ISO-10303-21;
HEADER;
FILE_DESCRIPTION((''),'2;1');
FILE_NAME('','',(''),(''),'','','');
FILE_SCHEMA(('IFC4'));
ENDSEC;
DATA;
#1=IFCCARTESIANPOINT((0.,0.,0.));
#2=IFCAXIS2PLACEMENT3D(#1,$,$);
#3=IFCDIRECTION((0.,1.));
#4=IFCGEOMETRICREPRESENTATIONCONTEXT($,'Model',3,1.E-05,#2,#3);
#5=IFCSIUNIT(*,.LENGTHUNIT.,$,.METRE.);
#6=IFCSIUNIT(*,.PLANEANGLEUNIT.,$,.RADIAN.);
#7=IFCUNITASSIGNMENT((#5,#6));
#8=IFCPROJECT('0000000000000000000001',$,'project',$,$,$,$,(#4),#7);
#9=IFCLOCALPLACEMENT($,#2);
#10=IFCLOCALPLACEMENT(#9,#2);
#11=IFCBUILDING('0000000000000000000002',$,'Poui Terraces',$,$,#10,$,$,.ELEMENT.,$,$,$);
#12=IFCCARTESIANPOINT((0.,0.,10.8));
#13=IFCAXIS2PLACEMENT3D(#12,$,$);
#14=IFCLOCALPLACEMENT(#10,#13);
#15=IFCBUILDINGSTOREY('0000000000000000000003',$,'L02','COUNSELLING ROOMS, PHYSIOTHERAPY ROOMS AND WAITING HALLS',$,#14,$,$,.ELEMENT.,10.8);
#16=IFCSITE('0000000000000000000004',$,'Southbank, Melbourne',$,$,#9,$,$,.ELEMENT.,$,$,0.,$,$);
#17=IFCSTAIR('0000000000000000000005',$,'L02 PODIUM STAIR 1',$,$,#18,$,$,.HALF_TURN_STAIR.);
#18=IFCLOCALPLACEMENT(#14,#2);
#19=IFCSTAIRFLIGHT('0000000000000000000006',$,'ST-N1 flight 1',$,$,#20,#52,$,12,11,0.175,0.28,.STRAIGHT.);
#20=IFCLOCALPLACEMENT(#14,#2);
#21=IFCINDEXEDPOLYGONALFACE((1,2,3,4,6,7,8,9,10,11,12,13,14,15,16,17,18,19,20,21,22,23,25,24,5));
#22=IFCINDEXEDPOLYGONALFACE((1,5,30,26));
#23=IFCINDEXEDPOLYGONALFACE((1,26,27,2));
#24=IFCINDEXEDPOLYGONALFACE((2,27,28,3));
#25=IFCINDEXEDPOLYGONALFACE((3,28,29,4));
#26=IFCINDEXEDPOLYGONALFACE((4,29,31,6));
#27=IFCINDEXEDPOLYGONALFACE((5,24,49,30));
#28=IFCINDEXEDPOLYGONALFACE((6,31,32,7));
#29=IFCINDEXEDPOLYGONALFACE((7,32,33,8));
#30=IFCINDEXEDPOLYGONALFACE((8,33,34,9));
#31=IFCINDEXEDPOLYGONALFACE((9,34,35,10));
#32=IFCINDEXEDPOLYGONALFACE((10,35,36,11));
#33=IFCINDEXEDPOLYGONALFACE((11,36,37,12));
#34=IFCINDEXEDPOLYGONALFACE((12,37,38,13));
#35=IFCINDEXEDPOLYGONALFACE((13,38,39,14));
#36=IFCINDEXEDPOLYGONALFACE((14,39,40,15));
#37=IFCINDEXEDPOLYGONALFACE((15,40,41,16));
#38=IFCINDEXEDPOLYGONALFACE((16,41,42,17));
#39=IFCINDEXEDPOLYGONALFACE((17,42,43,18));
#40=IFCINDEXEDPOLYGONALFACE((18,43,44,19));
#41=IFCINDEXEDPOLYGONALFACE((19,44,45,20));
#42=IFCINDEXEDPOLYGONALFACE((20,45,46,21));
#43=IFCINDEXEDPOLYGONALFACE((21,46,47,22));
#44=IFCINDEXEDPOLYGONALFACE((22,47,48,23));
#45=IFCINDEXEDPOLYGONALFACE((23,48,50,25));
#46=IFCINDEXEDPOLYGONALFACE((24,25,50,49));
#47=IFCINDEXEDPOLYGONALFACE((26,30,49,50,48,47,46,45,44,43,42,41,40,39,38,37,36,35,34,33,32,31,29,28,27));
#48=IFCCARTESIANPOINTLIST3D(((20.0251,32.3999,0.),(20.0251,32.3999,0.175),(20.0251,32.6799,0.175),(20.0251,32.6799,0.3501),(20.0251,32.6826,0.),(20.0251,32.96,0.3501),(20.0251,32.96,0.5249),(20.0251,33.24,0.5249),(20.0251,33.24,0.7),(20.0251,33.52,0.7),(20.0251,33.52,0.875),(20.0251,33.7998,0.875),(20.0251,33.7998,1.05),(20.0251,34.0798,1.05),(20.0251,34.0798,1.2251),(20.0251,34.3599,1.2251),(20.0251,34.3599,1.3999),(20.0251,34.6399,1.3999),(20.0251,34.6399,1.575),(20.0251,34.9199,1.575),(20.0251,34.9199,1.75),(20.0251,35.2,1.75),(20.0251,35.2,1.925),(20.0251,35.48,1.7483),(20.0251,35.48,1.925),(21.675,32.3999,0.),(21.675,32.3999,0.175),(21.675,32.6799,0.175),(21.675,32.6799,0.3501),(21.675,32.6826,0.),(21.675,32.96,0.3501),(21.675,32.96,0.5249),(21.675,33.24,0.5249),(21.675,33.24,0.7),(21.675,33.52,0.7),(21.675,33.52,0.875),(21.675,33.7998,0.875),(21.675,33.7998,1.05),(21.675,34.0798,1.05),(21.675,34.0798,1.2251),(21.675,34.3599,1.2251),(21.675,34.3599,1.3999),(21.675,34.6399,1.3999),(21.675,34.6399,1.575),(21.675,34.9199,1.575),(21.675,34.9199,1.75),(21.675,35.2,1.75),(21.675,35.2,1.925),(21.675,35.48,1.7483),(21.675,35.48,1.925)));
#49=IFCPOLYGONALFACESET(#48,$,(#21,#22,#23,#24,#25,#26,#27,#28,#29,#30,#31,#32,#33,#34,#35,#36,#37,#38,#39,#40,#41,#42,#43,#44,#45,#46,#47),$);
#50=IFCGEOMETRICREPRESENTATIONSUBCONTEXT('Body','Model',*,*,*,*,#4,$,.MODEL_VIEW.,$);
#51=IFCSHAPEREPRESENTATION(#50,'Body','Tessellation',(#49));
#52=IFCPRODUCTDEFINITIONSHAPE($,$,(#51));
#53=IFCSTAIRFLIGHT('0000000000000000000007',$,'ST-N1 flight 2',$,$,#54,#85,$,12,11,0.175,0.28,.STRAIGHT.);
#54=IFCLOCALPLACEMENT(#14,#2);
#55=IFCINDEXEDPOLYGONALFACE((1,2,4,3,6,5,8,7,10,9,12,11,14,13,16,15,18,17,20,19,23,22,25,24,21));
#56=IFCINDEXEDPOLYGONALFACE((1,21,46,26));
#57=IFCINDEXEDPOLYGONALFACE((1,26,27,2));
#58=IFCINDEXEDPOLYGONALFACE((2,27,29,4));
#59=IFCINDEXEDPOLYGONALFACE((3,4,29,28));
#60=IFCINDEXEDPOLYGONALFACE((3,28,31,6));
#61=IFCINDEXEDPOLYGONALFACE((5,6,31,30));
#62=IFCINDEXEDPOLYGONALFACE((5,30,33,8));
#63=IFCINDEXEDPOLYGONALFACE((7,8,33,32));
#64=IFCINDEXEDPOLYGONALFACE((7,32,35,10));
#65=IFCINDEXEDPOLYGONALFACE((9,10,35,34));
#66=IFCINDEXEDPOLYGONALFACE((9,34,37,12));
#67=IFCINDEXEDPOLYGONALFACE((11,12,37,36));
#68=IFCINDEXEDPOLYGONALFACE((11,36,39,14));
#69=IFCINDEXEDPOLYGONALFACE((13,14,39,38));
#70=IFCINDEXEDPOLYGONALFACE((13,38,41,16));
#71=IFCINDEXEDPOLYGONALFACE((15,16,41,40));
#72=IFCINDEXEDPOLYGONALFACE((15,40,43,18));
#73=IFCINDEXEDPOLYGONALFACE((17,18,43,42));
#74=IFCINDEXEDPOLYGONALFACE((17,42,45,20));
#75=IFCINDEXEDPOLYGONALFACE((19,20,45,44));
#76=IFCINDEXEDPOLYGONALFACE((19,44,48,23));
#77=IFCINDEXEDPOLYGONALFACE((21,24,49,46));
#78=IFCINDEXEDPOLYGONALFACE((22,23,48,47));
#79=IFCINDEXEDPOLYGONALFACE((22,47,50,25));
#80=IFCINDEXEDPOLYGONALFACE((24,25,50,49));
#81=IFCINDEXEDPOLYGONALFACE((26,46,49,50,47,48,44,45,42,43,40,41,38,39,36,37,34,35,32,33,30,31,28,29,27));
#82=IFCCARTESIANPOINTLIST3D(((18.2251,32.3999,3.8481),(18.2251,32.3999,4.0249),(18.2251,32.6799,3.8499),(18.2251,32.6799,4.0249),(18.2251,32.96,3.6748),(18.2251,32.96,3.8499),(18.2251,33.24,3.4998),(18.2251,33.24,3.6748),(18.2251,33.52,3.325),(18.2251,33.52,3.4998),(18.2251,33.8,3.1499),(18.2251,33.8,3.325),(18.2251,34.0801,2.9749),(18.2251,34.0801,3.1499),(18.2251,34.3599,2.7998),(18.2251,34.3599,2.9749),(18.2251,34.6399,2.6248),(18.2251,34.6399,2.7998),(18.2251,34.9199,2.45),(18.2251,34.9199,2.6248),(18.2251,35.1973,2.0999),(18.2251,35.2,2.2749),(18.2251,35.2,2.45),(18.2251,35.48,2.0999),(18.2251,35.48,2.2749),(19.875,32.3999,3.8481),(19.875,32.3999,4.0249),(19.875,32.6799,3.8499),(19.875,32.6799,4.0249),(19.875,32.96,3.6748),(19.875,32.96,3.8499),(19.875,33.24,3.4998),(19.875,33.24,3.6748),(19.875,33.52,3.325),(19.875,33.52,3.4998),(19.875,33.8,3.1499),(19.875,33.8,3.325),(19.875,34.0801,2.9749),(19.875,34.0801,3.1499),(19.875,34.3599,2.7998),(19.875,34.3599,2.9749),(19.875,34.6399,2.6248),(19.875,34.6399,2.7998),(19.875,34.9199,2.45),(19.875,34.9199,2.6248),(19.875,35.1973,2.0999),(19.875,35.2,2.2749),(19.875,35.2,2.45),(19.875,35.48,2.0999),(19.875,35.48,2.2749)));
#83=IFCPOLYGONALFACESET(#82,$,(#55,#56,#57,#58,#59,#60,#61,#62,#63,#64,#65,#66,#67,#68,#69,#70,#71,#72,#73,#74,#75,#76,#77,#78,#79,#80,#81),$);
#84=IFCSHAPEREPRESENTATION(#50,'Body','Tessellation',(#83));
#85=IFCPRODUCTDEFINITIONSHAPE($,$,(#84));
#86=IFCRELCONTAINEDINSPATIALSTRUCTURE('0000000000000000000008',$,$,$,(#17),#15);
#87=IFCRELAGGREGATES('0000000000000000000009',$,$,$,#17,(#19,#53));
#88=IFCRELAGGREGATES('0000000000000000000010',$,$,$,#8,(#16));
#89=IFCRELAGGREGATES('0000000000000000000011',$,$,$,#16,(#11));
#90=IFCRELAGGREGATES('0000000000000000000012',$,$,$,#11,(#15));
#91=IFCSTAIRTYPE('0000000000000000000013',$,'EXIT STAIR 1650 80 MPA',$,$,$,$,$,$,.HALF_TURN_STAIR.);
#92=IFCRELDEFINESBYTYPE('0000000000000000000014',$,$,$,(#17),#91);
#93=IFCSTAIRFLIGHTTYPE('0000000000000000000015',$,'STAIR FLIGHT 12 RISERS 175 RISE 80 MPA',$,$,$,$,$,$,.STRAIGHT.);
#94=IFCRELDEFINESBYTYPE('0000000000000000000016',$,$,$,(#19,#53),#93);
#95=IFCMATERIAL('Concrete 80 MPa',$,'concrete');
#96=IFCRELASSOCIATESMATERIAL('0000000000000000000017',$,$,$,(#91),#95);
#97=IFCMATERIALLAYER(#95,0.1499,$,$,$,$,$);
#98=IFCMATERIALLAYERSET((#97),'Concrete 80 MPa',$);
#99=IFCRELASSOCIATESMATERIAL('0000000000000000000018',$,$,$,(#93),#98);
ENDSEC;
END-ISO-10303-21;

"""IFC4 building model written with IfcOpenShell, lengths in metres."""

from ifc_helpers import new_model, si_unit, direction, frame, origin, place, context, subcontext, project, spatial, polyline, outline, extrude, material, layer, layer_set, type_object, element, aggregate, save


model = new_model("IFC4")

# Units and contexts
model_context = context("Model", 3, precision=1e-05, world=origin(), true_north=direction((0.0, 1.0)))
body_context = subcontext(model_context, "Body", "Model", "MODEL_VIEW")
ifc_project = project(units=[si_unit("LENGTHUNIT", "METRE"), si_unit("PLANEANGLEUNIT", "RADIAN")], contexts=[model_context])

# Site, building, storey
site_placement = place(None, origin())
site = spatial("IfcSite", under=ifc_project, at=site_placement, Name="Southbank, Melbourne", CompositionType="ELEMENT", RefElevation=0.0)
building_placement = place(site_placement, origin())
building = spatial("IfcBuilding", under=site, at=building_placement, Name="Poui Terraces", CompositionType="ELEMENT")
storey_placement = place(building_placement, frame((0.0, 0.0, 10.8)))
storey = spatial("IfcBuildingStorey", under=building, at=storey_placement, Name="L02", Description="COUNSELLING ROOMS, PHYSIOTHERAPY ROOMS AND WAITING HALLS", CompositionType="ELEMENT", Elevation=10.8)

# Shared definitions
ifc_material_1 = material(Name="Concrete 80 MPa", Category="concrete")

# Stair, stair flights
stair_type = type_object("IfcStairType", Name="EXIT STAIR 1650 80 MPA", PredefinedType="HALF_TURN_STAIR", material=ifc_material_1)
stair_placement = place(storey_placement, origin())
stair = element("IfcStair", 1, at=stair_placement, inside=storey, type_object=stair_type, Name="L02 PODIUM STAIR 1", PredefinedType="HALF_TURN_STAIR")
ifc_layer_1 = layer(ifc_material_1, 0.1499)
ifc_layer_set_1 = layer_set([ifc_layer_1], Name="Concrete 80 MPa")
stair_flight_type = type_object("IfcStairFlightType", Name="STAIR FLIGHT 12 RISERS 175 RISE 80 MPA", PredefinedType="STRAIGHT", material=ifc_layer_set_1)
stair_flight_1_placement = place(storey_placement, frame((20.8501, 32.3999, 0.0), z_axis=(0.0, 0.0, 1.0), x_axis=(0.0, 1.0, 0.0)))
stair_flight_1 = element("IfcStairFlight", 2, at=stair_flight_1_placement, type_object=stair_flight_type, Name="ST-N1 flight 1", NumberOfRisers=12, NumberOfTreads=11, PredefinedType="STRAIGHT", RiserHeight=0.175, TreadLength=0.28, context=body_context, shape_type="SweptSolid", body=[
    extrude(outline(polyline([(0.0, 0.0), (0.0, 0.175), (0.28, 0.175), (0.28, 0.3501), (0.5601, 0.3501), (0.5601, 0.5249), (0.8401, 0.5249), (0.8401, 0.7), (1.1201, 0.7), (1.1201, 0.875), (1.3999, 0.875), (1.3999, 1.05), (1.6799, 1.05), (1.6799, 1.2251), (1.96, 1.2251), (1.96, 1.3999), (2.24, 1.3999), (2.24, 1.575), (2.52, 1.575), (2.52, 1.75), (2.8, 1.75), (2.8, 1.925), (3.0801, 1.925), (3.0801, 2.1001), (3.0801, 1.7483), (0.2827, 0.0), (0.0, 0.0)])), frame((0.0, 0.825, 0.0), z_axis=(0.0, -1.0, 0.0), x_axis=(1.0, 0.0, 0.0)), (0.0, 0.0, 1.0), 1.6499),
])
stair_flight_2_placement = place(storey_placement, frame((19.05, 35.48, 2.0999), z_axis=(0.0, 0.0, 1.0), x_axis=(0.0, -1.0, 0.0)))
stair_flight_2 = element("IfcStairFlight", 3, at=stair_flight_2_placement, type_object=stair_flight_type, Name="ST-N1 flight 2", NumberOfRisers=12, NumberOfTreads=11, PredefinedType="STRAIGHT", RiserHeight=0.175, TreadLength=0.28, context=body_context, shape_type="SweptSolid", body=[
    extrude(outline(polyline([(0.0, 0.0), (0.0, 0.175), (0.28, 0.175), (0.28, 0.3501), (0.5601, 0.3501), (0.5601, 0.5249), (0.8401, 0.5249), (0.8401, 0.7), (1.1201, 0.7), (1.1201, 0.875), (1.3999, 0.875), (1.3999, 1.05), (1.6799, 1.05), (1.6799, 1.2251), (1.96, 1.2251), (1.96, 1.3999), (2.24, 1.3999), (2.24, 1.575), (2.52, 1.575), (2.52, 1.75), (2.8, 1.75), (2.8, 1.925), (3.0801, 1.925), (3.0801, 2.1001), (3.0801, 1.7483), (0.2827, 0.0), (0.0, 0.0)])), frame((0.0, 0.825, 0.0), z_axis=(0.0, -1.0, 0.0), x_axis=(1.0, 0.0, 0.0)), (0.0, 0.0, 1.0), 1.6499),
])
aggregate(stair, [stair_flight_1, stair_flight_2])

save(model, "model.ifc")
